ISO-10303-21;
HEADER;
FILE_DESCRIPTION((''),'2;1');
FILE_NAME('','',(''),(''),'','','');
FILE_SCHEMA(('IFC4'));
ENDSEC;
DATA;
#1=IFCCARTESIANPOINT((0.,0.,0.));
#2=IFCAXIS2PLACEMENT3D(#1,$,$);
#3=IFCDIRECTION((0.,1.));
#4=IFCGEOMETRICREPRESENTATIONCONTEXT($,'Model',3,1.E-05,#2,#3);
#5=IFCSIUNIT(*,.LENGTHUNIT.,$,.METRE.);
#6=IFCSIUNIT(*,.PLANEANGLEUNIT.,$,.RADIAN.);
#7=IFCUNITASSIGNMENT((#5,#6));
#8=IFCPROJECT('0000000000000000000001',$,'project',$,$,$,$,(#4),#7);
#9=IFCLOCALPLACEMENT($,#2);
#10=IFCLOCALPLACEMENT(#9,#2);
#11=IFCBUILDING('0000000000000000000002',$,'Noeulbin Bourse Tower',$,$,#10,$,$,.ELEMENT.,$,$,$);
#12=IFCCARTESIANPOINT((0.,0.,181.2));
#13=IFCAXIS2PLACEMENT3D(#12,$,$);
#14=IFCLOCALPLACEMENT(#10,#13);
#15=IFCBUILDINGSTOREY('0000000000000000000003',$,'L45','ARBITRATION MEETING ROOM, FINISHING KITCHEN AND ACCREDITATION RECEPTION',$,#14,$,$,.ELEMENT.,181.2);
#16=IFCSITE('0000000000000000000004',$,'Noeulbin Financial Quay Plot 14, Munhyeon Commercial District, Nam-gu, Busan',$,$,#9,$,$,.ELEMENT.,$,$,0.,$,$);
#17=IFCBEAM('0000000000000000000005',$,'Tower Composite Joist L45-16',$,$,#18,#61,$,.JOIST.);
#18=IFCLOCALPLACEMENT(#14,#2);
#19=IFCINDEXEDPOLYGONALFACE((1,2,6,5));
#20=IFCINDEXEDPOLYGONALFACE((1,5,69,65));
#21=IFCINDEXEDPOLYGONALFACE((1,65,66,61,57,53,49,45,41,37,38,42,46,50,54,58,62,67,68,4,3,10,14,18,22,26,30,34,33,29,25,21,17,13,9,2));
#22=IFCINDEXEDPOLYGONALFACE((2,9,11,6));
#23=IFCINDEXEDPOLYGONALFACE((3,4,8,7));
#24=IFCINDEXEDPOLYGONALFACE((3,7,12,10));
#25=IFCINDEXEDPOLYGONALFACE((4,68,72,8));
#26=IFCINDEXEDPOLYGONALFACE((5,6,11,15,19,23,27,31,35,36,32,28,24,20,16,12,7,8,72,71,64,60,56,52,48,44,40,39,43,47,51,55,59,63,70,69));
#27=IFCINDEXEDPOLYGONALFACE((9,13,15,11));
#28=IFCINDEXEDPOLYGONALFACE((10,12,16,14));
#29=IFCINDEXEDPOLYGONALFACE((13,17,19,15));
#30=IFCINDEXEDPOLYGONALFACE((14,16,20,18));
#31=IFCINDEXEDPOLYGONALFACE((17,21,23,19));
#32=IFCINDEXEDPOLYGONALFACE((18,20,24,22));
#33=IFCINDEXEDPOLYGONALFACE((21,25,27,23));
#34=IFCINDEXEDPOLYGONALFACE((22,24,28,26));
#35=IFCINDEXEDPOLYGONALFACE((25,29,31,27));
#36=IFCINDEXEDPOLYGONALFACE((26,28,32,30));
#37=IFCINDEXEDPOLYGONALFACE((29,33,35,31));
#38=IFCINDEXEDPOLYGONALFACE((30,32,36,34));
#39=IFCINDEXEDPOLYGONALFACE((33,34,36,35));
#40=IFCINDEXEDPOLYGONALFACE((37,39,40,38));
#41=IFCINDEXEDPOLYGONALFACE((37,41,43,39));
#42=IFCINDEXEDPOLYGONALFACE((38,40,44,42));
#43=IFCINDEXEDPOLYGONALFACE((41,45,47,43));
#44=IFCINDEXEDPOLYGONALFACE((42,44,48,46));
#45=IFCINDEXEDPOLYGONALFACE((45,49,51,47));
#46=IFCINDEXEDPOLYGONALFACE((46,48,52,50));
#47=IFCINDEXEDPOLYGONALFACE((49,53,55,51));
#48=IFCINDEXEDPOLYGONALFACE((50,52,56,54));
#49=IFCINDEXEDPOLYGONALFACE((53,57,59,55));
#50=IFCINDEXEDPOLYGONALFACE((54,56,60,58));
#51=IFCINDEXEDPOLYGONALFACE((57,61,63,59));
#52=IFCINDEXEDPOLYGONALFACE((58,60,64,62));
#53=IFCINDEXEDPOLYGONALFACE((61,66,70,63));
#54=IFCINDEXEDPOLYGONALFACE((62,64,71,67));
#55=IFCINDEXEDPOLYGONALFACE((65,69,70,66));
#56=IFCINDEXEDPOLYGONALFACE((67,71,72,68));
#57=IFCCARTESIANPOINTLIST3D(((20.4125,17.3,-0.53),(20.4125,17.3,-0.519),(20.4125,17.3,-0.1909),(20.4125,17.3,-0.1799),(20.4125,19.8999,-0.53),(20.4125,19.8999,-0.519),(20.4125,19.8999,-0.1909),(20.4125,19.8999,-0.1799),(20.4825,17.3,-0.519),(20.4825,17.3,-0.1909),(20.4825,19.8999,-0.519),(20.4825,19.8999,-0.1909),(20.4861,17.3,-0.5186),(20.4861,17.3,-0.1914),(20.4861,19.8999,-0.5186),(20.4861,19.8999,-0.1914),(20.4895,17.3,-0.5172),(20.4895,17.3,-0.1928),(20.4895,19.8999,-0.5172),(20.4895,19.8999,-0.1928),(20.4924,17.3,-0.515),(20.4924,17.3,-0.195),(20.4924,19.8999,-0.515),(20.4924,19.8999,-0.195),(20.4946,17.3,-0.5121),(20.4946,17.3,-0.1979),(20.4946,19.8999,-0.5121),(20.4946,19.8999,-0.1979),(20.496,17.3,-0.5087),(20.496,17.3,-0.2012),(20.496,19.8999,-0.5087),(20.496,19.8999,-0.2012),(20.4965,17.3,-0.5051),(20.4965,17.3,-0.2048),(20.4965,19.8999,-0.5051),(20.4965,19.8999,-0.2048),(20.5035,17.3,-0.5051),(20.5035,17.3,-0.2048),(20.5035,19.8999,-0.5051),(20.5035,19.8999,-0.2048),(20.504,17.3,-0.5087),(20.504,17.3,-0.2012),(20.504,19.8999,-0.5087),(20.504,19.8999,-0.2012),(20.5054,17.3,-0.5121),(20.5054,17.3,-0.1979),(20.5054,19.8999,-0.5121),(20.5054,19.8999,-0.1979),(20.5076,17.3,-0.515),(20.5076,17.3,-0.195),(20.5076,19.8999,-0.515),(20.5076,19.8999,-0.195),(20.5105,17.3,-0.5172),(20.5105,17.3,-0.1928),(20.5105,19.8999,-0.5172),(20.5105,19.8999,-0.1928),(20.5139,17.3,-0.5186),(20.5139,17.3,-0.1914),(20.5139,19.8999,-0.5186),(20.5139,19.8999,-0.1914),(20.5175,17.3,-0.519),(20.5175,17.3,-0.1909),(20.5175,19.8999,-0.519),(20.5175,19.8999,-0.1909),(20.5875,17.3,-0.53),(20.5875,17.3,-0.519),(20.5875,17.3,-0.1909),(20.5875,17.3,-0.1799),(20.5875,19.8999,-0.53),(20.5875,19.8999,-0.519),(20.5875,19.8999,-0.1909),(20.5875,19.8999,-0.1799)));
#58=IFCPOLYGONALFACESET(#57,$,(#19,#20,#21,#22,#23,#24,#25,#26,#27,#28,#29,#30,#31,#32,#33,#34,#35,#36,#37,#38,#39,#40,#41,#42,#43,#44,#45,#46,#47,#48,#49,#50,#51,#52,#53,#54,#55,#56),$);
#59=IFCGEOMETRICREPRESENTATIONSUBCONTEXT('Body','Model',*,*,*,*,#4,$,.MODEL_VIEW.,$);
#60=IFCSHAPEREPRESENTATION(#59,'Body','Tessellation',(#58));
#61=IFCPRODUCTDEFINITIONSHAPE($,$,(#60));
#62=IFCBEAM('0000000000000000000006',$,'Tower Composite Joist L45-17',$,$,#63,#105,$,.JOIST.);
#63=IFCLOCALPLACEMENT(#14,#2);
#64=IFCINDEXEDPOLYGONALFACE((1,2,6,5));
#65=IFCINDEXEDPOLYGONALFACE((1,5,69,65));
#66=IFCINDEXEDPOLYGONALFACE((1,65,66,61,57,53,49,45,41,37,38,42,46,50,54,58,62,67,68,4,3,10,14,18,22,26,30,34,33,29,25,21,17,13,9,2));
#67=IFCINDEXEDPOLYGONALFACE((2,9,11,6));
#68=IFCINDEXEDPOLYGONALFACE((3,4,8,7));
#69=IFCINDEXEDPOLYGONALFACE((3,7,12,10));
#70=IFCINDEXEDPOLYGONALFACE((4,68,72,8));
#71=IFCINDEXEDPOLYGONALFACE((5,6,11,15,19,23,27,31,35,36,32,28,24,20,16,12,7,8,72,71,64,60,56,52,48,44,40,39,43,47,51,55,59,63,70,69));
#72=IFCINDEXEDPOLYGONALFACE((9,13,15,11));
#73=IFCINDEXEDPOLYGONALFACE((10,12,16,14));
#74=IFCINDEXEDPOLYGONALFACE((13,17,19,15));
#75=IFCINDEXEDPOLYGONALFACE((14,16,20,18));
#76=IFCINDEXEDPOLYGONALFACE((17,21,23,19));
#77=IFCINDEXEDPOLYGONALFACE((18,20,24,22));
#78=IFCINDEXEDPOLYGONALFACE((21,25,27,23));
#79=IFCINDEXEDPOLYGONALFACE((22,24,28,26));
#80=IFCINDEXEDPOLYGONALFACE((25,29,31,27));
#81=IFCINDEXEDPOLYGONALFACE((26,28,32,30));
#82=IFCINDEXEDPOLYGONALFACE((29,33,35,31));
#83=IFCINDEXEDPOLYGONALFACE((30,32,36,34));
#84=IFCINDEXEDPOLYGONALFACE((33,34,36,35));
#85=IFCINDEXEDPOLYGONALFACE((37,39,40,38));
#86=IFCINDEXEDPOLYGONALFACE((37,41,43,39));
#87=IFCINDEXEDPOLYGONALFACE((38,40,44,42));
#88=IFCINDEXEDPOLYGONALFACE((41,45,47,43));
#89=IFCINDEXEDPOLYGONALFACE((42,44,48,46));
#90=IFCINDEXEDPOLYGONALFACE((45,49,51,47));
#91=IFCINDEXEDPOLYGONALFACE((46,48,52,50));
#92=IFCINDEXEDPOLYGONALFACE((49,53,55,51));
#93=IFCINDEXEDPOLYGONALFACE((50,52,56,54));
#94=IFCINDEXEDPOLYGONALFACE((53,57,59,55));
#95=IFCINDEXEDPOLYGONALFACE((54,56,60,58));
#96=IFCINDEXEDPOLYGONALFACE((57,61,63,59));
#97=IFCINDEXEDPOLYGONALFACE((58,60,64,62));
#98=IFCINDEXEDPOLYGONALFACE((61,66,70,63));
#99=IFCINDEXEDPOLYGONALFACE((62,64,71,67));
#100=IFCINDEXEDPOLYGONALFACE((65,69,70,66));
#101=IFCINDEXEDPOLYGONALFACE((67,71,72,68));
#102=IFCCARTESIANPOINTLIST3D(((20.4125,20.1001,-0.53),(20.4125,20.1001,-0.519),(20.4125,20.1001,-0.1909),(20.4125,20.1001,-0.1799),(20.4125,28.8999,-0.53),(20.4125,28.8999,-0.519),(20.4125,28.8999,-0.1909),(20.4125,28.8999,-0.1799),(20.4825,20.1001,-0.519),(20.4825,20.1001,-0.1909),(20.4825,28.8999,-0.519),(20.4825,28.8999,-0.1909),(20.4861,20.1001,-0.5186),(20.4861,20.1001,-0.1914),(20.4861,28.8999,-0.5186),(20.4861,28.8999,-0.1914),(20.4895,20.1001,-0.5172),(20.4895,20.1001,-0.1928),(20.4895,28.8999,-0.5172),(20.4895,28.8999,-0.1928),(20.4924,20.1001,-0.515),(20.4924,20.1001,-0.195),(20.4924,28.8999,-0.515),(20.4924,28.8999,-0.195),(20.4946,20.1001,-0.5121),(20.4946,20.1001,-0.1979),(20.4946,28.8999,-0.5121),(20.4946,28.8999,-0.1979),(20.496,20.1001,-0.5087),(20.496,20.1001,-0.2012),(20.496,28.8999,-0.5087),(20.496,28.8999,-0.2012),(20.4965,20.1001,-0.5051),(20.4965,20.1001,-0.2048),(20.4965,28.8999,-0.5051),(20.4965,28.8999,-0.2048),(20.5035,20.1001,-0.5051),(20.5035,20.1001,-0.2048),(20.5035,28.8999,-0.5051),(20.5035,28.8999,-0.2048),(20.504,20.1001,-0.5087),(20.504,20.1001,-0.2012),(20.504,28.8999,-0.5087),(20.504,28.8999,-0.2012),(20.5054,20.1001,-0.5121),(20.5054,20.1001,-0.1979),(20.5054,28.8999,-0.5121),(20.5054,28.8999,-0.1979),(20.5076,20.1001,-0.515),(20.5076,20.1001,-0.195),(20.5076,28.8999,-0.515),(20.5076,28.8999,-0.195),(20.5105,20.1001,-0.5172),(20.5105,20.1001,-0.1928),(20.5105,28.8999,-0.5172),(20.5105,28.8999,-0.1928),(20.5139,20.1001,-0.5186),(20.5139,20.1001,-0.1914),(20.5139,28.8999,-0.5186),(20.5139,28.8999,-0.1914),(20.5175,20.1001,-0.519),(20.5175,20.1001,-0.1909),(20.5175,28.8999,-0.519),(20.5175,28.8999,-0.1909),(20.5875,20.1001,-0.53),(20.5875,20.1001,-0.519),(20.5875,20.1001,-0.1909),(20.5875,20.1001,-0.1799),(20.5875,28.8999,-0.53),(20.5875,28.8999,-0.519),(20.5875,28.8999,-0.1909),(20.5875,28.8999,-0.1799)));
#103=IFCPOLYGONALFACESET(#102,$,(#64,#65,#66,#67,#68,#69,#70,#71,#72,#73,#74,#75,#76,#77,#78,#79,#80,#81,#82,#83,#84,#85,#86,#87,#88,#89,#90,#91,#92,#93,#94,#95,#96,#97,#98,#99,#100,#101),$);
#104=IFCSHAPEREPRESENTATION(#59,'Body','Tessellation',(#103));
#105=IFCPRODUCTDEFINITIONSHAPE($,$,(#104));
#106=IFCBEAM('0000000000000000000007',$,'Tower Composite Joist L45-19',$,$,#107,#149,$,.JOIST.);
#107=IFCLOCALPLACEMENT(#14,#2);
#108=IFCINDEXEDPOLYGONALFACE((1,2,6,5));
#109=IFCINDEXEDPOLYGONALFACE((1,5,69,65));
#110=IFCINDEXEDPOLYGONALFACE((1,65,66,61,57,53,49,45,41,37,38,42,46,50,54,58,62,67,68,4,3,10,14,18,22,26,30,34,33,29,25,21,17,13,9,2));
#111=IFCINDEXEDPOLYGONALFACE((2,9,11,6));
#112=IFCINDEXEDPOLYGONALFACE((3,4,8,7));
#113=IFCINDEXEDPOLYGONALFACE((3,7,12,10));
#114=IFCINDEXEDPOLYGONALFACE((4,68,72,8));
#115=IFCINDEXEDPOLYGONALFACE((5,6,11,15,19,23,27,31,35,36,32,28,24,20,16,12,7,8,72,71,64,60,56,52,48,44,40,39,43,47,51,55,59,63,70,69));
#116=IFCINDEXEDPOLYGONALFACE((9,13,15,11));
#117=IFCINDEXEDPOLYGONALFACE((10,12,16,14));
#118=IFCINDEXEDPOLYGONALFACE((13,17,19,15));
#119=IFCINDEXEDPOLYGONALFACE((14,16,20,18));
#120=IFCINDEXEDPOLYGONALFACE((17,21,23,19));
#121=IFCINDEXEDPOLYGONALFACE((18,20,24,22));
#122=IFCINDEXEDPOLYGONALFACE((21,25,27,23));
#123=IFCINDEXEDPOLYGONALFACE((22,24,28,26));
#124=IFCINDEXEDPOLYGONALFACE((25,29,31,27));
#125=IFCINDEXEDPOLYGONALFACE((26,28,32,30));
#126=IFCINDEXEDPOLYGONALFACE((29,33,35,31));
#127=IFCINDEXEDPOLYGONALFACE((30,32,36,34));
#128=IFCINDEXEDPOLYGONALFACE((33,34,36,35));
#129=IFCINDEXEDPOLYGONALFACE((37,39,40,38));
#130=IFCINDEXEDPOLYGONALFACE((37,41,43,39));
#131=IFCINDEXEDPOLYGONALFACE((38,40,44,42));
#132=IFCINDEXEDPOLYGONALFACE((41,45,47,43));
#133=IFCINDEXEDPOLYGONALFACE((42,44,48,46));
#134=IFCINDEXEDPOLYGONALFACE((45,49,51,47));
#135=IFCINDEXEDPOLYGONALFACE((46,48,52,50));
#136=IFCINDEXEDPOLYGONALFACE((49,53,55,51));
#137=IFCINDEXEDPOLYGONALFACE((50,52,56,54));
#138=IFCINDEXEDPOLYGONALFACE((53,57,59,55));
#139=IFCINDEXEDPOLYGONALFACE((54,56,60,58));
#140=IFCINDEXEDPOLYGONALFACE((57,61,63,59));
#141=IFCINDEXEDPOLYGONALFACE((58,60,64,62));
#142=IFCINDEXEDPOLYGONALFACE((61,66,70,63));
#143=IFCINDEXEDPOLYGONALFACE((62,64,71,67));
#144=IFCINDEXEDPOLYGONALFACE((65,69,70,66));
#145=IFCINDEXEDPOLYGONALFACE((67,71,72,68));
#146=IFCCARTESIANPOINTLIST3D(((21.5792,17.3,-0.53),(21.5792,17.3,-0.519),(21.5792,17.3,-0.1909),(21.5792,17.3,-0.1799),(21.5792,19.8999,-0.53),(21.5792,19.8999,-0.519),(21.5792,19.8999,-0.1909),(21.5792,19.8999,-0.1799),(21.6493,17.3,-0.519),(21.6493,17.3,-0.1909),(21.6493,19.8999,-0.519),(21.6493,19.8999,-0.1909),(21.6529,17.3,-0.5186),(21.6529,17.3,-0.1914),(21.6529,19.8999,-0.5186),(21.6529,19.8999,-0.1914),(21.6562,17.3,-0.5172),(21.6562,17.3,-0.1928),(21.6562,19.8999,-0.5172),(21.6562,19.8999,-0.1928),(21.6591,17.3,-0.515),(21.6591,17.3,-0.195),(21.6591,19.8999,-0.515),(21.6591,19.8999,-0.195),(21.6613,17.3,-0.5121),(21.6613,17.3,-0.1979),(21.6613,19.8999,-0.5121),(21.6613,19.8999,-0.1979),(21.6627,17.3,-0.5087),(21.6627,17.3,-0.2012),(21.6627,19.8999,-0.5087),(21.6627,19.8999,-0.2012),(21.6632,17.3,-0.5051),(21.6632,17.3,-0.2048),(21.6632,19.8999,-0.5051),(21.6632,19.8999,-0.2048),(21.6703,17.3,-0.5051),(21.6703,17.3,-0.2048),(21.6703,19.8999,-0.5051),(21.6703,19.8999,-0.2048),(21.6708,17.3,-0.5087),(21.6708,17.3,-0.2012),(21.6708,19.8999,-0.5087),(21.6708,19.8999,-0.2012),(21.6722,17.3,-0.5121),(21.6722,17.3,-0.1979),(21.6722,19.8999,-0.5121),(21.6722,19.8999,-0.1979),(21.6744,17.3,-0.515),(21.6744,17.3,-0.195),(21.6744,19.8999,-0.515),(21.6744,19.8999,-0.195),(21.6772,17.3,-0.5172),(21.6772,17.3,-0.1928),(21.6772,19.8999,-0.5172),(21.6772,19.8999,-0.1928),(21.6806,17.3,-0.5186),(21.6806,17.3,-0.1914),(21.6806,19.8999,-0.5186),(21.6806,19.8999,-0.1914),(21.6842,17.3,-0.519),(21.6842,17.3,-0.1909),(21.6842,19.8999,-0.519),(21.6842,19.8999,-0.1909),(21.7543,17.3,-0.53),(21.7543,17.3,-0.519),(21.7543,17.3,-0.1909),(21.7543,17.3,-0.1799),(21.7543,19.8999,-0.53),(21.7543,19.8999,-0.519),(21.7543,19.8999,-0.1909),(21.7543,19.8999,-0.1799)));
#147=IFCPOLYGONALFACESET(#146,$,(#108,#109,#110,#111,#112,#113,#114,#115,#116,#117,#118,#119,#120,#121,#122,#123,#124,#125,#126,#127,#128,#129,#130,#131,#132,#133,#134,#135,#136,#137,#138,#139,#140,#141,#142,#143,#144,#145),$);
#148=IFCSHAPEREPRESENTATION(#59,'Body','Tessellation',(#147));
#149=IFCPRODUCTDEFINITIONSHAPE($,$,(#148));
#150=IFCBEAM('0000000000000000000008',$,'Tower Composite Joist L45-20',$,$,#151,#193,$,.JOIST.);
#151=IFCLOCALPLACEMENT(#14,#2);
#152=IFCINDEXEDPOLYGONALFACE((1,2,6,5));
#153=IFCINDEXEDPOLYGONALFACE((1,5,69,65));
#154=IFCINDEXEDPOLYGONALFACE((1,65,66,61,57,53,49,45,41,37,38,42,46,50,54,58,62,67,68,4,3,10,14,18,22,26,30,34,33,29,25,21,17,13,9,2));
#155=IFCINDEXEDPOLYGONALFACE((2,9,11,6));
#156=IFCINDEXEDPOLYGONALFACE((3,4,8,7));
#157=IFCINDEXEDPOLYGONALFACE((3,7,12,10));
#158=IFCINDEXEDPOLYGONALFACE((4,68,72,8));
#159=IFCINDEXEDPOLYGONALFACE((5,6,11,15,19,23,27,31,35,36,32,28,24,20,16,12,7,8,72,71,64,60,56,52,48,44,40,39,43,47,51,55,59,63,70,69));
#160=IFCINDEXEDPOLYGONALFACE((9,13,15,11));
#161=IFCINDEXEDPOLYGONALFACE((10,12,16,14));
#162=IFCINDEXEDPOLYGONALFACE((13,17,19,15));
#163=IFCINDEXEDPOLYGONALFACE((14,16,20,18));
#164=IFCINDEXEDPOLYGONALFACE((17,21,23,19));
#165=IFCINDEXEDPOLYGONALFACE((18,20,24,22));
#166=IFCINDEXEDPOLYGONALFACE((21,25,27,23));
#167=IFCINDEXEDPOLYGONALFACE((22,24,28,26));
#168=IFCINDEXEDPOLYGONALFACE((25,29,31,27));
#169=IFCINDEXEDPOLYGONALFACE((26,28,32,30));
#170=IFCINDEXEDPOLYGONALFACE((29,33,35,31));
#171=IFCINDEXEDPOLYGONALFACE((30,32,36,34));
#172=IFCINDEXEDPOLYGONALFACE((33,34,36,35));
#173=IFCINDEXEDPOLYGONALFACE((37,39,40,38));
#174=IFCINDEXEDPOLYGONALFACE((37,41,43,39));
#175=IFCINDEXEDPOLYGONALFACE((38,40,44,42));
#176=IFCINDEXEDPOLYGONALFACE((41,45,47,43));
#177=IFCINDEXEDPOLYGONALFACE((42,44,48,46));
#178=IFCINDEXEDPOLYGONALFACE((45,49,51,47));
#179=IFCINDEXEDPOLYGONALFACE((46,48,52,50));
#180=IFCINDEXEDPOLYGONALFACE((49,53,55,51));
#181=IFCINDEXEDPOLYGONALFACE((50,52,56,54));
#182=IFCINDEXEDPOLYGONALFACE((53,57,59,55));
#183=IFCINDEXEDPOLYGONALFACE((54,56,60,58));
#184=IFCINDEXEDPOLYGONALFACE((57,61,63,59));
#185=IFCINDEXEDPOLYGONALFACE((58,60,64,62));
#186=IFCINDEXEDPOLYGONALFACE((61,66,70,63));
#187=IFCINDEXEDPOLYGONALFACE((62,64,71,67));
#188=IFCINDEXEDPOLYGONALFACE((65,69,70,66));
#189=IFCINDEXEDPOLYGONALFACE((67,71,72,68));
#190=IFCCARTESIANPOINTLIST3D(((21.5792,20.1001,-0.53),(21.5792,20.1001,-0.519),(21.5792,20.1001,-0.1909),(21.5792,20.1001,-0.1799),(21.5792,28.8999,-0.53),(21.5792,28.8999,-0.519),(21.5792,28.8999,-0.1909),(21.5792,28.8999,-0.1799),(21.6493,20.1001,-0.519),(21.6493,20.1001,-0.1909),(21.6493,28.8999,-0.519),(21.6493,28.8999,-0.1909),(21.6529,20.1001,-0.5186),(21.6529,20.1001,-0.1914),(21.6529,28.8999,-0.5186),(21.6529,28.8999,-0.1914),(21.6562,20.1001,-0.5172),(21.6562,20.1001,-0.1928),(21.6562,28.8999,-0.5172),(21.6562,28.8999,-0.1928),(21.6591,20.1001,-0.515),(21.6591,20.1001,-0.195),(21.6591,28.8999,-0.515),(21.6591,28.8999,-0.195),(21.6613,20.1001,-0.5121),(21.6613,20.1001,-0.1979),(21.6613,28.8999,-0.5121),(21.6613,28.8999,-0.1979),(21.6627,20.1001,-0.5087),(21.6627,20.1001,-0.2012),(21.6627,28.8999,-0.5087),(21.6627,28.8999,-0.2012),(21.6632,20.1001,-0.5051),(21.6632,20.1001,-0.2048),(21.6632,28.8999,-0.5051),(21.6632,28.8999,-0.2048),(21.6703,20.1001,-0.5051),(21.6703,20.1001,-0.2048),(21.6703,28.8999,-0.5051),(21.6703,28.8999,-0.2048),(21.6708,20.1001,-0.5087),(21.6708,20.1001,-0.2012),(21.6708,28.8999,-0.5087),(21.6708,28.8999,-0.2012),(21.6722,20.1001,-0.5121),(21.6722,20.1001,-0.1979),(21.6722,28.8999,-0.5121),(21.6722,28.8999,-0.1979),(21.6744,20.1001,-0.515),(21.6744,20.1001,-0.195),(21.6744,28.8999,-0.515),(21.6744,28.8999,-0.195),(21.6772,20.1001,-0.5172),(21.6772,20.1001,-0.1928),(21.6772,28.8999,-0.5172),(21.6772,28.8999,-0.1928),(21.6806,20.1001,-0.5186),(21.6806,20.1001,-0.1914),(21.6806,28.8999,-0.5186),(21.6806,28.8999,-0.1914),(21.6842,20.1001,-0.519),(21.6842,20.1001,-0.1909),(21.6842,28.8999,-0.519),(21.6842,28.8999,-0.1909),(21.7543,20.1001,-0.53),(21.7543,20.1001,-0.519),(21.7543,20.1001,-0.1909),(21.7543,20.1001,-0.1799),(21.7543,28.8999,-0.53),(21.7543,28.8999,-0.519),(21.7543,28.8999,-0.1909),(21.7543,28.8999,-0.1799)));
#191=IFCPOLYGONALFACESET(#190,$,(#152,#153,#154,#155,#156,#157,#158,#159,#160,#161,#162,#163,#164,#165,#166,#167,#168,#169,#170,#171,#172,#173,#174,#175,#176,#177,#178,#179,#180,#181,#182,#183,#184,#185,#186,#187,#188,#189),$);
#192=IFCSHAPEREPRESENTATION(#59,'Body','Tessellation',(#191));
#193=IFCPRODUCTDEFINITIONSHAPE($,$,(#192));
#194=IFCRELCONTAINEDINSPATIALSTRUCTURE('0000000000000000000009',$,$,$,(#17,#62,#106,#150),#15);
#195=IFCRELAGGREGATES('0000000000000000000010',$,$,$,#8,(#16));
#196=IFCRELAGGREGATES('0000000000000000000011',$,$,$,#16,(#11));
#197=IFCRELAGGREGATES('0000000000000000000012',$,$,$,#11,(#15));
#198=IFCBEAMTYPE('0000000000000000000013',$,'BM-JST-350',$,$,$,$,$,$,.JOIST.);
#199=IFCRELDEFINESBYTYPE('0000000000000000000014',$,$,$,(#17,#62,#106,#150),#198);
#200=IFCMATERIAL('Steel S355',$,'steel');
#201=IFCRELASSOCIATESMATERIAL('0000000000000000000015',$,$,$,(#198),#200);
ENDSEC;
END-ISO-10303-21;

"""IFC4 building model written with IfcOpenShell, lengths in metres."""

from ifc_helpers import new_model, si_unit, direction, frame, origin, origin_2d, place, context, subcontext, project, spatial, i_section, extrude, material, material_profile, profile_set, type_object, element, save


model = new_model("IFC4")

# Units and contexts
model_context = context("Model", 3, precision=1e-05, world=origin(), true_north=direction((0.0, 1.0)))
body_context = subcontext(model_context, "Body", "Model", "MODEL_VIEW")
ifc_project = project(units=[si_unit("LENGTHUNIT", "METRE"), si_unit("PLANEANGLEUNIT", "RADIAN")], contexts=[model_context])

# Site, building, storey
site_placement = place(None, origin())
site = spatial("IfcSite", under=ifc_project, at=site_placement, Name="Noeulbin Financial Quay Plot 14, Munhyeon Commercial District, Nam-gu, Busan", CompositionType="ELEMENT", RefElevation=0.0)
building_placement = place(site_placement, origin())
building = spatial("IfcBuilding", under=site, at=building_placement, Name="Noeulbin Bourse Tower", CompositionType="ELEMENT")
storey_placement = place(building_placement, frame((0.0, 0.0, 181.2)))
storey = spatial("IfcBuildingStorey", under=building, at=storey_placement, Name="L45", Description="ARBITRATION MEETING ROOM, FINISHING KITCHEN AND ACCREDITATION RECEPTION", CompositionType="ELEMENT", Elevation=181.2)

# Shared definitions
ifc_material_1 = material(Name="Steel S355", Category="steel")

# Beams
ifc_material_profile_1 = material_profile(ifc_material_1, i_section(OverallWidth=0.175, OverallDepth=0.3501, WebThickness=0.0071, FlangeThickness=0.011, FilletRadius=0.0139, at=origin_2d()), Name="H-350x175x7x11", Category="LoadBearing")
ifc_profile_set_1 = profile_set([ifc_material_profile_1], Name="Steel S355")
beam_type_1 = type_object("IfcBeamType", Name="BM-JST-350", PredefinedType="JOIST", material=ifc_profile_set_1)
beam_1_placement = place(storey_placement, frame((20.5, 17.3, -0.355), z_axis=(0.0, 1.0, 0.0), x_axis=(-1.0, 0.0, 0.0)))
element("IfcBeam", 1, at=beam_1_placement, inside=storey, type_object=beam_type_1, Name="Tower Composite Joist L45-16", PredefinedType="JOIST", context=body_context, shape_type="SweptSolid", body=[
    extrude(i_section(OverallWidth=0.175, OverallDepth=0.3501, WebThickness=0.0071, FlangeThickness=0.011, FilletRadius=0.0139, at=origin_2d()), origin(), (0.0, 0.0, 1.0), 2.5999),
])
beam_2_placement = place(storey_placement, frame((20.5, 20.1001, -0.355), z_axis=(0.0, 1.0, 0.0), x_axis=(-1.0, 0.0, 0.0)))
element("IfcBeam", 2, at=beam_2_placement, inside=storey, type_object=beam_type_1, Name="Tower Composite Joist L45-17", PredefinedType="JOIST", context=body_context, shape_type="SweptSolid", body=[
    extrude(i_section(OverallWidth=0.175, OverallDepth=0.3501, WebThickness=0.0071, FlangeThickness=0.011, FilletRadius=0.0139, at=origin_2d()), origin(), (0.0, 0.0, 1.0), 8.7998),
])
beam_3_placement = place(storey_placement, frame((21.6667, 17.3, -0.355), z_axis=(0.0, 1.0, 0.0), x_axis=(-1.0, 0.0, 0.0)))
element("IfcBeam", 3, at=beam_3_placement, inside=storey, type_object=beam_type_1, Name="Tower Composite Joist L45-19", PredefinedType="JOIST", context=body_context, shape_type="SweptSolid", body=[
    extrude(i_section(OverallWidth=0.175, OverallDepth=0.3501, WebThickness=0.0071, FlangeThickness=0.011, FilletRadius=0.0139, at=origin_2d()), origin(), (0.0, 0.0, 1.0), 2.5999),
])
beam_4_placement = place(storey_placement, frame((21.6667, 20.1001, -0.355), z_axis=(0.0, 1.0, 0.0), x_axis=(-1.0, 0.0, 0.0)))
element("IfcBeam", 4, at=beam_4_placement, inside=storey, type_object=beam_type_1, Name="Tower Composite Joist L45-20", PredefinedType="JOIST", context=body_context, shape_type="SweptSolid", body=[
    extrude(i_section(OverallWidth=0.175, OverallDepth=0.3501, WebThickness=0.0071, FlangeThickness=0.011, FilletRadius=0.0139, at=origin_2d()), origin(), (0.0, 0.0, 1.0), 8.7998),
])

save(model, "model.ifc")
